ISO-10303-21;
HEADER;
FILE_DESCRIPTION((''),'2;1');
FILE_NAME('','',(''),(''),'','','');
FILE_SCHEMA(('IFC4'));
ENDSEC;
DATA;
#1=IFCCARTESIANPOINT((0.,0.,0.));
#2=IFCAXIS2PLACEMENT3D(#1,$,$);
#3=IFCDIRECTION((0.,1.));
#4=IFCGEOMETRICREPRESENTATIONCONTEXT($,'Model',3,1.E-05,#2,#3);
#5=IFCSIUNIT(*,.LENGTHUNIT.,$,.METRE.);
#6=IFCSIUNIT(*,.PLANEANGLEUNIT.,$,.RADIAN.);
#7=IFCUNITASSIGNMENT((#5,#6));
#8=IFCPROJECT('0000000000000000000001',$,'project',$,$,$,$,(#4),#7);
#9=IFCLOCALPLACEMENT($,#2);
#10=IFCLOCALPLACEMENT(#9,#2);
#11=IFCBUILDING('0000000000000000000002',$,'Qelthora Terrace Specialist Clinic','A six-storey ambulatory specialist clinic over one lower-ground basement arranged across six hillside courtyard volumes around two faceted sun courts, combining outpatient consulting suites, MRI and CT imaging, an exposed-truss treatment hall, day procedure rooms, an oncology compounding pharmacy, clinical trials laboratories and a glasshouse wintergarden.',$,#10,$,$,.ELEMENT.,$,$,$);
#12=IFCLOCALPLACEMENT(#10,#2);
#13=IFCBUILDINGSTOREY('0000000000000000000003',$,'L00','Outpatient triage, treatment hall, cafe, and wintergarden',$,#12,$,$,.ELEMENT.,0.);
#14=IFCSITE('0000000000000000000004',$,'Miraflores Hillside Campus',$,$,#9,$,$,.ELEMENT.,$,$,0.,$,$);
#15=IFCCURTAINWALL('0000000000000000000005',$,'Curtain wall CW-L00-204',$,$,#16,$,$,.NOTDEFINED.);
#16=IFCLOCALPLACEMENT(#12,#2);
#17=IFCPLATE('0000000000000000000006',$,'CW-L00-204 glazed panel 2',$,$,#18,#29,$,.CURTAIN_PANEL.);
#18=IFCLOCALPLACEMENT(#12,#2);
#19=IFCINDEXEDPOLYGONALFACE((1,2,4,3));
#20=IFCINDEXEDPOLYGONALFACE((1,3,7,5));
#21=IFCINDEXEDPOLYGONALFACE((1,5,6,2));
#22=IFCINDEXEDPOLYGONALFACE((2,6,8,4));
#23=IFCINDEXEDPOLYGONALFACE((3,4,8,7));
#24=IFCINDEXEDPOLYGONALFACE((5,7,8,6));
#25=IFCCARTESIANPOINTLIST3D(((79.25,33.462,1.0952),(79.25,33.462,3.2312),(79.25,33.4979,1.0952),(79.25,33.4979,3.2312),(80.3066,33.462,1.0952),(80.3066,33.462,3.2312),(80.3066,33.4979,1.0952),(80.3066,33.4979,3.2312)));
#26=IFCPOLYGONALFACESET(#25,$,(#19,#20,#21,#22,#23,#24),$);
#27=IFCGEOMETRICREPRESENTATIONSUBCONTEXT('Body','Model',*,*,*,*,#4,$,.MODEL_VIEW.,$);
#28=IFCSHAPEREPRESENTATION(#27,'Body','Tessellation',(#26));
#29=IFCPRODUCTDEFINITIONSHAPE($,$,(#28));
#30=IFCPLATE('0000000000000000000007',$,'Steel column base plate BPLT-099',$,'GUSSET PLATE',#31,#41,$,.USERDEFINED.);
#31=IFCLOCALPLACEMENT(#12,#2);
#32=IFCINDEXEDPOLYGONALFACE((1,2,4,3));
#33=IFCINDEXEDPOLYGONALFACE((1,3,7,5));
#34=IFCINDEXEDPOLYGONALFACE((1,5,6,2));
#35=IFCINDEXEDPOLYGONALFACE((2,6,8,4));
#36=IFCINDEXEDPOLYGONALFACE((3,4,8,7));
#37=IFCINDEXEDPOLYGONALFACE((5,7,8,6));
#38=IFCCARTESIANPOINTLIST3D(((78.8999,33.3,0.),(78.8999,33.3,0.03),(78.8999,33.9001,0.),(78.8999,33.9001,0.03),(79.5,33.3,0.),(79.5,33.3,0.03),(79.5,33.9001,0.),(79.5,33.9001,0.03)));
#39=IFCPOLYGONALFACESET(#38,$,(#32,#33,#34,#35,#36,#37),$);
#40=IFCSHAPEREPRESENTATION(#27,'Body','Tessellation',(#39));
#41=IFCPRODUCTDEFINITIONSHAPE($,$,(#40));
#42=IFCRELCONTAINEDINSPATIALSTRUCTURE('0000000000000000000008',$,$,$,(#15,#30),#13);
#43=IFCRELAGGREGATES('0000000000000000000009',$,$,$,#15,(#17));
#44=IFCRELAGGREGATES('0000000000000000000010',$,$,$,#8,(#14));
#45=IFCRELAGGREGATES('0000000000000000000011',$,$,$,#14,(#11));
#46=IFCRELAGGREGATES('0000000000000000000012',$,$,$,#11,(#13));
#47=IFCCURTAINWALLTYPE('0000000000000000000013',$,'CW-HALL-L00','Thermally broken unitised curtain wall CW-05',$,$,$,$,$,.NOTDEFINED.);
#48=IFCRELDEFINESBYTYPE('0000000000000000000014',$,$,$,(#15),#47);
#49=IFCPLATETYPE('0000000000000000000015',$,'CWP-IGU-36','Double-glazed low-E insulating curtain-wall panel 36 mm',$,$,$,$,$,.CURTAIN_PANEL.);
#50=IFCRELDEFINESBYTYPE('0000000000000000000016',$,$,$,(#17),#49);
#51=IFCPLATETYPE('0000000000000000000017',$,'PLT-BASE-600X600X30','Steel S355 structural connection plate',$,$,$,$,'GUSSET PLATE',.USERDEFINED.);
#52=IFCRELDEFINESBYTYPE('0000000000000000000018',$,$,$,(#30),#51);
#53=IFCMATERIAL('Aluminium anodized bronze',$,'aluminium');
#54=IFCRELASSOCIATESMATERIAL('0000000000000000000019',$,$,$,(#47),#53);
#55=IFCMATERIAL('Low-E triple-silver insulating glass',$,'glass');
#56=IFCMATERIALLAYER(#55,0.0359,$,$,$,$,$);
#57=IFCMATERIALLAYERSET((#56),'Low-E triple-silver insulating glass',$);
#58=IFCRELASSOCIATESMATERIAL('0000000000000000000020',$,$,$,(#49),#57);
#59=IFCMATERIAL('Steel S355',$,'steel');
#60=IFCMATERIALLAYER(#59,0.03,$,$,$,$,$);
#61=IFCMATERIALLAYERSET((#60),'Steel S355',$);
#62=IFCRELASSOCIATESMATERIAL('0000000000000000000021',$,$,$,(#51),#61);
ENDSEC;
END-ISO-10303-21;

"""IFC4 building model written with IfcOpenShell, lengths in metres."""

from ifc_helpers import new_model, si_unit, direction, frame, origin, origin_2d, place, context, subcontext, project, spatial, rectangle, extrude, material, layer, layer_set, type_object, element, aggregate, save


model = new_model("IFC4")

# Units and contexts
model_context = context("Model", 3, precision=1e-05, world=origin(), true_north=direction((0.0, 1.0)))
body_context = subcontext(model_context, "Body", "Model", "MODEL_VIEW")
ifc_project = project(units=[si_unit("LENGTHUNIT", "METRE"), si_unit("PLANEANGLEUNIT", "RADIAN")], contexts=[model_context])

# Site, building, storey
site_placement = place(None, origin())
site = spatial("IfcSite", under=ifc_project, at=site_placement, Name="Miraflores Hillside Campus", CompositionType="ELEMENT", RefElevation=0.0)
building_placement = place(site_placement, origin())
building = spatial("IfcBuilding", under=site, at=building_placement, Name="Qelthora Terrace Specialist Clinic", Description="A six-storey ambulatory specialist clinic over one lower-ground basement arranged across six hillside courtyard volumes around two faceted sun courts, combining outpatient consulting suites, MRI and CT imaging, an exposed-truss treatment hall, day procedure rooms, an oncology compounding pharmacy, clinical trials laboratories and a glasshouse wintergarden.", CompositionType="ELEMENT")
storey_placement = place(building_placement, origin())
storey = spatial("IfcBuildingStorey", under=building, at=storey_placement, Name="L00", Description="Outpatient triage, treatment hall, cafe, and wintergarden", CompositionType="ELEMENT", Elevation=0.0)

# Shared definitions
ifc_material_1 = material(Name="Steel S355", Category="steel")

# Curtain wall
ifc_material_2 = material(Name="Aluminium anodized bronze", Category="aluminium")
curtain_wall_type = type_object("IfcCurtainWallType", Name="CW-HALL-L00", Description="Thermally broken unitised curtain wall CW-05", PredefinedType="NOTDEFINED", material=ifc_material_2)
curtain_wall_1_placement = place(storey_placement, origin())
curtain_wall_1 = element("IfcCurtainWall", 1, at=curtain_wall_1_placement, inside=storey, type_object=curtain_wall_type, Name="Curtain wall CW-L00-204", PredefinedType="NOTDEFINED")

# Plates
ifc_material_3 = material(Name="Low-E triple-silver insulating glass", Category="glass")
ifc_layer_1 = layer(ifc_material_3, 0.0359)
ifc_layer_set_1 = layer_set([ifc_layer_1], Name="Low-E triple-silver insulating glass")
plate_type_1 = type_object("IfcPlateType", Name="CWP-IGU-36", Description="Double-glazed low-E insulating curtain-wall panel 36 mm", PredefinedType="CURTAIN_PANEL", material=ifc_layer_set_1)
plate_1_placement = place(storey_placement, frame((79.7783, 33.48, 1.0952), z_axis=(0.0, 0.0, 1.0), x_axis=(1.0, 0.0, 0.0)))
plate_1 = element("IfcPlate", 2, at=plate_1_placement, type_object=plate_type_1, Name="CW-L00-204 glazed panel 2", PredefinedType="CURTAIN_PANEL", context=body_context, shape_type="SweptSolid", body=[
    extrude(rectangle(XDim=1.0566, YDim=0.0359, at=origin_2d()), origin(), (0.0, 0.0, 1.0), 2.136),
])
aggregate(curtain_wall_1, [plate_1])
ifc_layer_2 = layer(ifc_material_1, 0.03)
ifc_layer_set_2 = layer_set([ifc_layer_2], Name="Steel S355")
plate_type_2 = type_object("IfcPlateType", Name="PLT-BASE-600X600X30", Description="Steel S355 structural connection plate", ElementType="GUSSET PLATE", PredefinedType="USERDEFINED", material=ifc_layer_set_2)
plate_2_placement = place(storey_placement, frame((79.2, 33.6001, 0.0), z_axis=(0.0, 0.0, 1.0), x_axis=(1.0, 0.0, 0.0)))
element("IfcPlate", 3, at=plate_2_placement, inside=storey, type_object=plate_type_2, Name="Steel column base plate BPLT-099", ObjectType="GUSSET PLATE", PredefinedType="USERDEFINED", context=body_context, shape_type="SweptSolid", body=[
    extrude(rectangle(XDim=0.6001, YDim=0.6001, at=origin_2d()), origin(), (0.0, 0.0, 1.0), 0.03),
])

save(model, "model.ifc")
